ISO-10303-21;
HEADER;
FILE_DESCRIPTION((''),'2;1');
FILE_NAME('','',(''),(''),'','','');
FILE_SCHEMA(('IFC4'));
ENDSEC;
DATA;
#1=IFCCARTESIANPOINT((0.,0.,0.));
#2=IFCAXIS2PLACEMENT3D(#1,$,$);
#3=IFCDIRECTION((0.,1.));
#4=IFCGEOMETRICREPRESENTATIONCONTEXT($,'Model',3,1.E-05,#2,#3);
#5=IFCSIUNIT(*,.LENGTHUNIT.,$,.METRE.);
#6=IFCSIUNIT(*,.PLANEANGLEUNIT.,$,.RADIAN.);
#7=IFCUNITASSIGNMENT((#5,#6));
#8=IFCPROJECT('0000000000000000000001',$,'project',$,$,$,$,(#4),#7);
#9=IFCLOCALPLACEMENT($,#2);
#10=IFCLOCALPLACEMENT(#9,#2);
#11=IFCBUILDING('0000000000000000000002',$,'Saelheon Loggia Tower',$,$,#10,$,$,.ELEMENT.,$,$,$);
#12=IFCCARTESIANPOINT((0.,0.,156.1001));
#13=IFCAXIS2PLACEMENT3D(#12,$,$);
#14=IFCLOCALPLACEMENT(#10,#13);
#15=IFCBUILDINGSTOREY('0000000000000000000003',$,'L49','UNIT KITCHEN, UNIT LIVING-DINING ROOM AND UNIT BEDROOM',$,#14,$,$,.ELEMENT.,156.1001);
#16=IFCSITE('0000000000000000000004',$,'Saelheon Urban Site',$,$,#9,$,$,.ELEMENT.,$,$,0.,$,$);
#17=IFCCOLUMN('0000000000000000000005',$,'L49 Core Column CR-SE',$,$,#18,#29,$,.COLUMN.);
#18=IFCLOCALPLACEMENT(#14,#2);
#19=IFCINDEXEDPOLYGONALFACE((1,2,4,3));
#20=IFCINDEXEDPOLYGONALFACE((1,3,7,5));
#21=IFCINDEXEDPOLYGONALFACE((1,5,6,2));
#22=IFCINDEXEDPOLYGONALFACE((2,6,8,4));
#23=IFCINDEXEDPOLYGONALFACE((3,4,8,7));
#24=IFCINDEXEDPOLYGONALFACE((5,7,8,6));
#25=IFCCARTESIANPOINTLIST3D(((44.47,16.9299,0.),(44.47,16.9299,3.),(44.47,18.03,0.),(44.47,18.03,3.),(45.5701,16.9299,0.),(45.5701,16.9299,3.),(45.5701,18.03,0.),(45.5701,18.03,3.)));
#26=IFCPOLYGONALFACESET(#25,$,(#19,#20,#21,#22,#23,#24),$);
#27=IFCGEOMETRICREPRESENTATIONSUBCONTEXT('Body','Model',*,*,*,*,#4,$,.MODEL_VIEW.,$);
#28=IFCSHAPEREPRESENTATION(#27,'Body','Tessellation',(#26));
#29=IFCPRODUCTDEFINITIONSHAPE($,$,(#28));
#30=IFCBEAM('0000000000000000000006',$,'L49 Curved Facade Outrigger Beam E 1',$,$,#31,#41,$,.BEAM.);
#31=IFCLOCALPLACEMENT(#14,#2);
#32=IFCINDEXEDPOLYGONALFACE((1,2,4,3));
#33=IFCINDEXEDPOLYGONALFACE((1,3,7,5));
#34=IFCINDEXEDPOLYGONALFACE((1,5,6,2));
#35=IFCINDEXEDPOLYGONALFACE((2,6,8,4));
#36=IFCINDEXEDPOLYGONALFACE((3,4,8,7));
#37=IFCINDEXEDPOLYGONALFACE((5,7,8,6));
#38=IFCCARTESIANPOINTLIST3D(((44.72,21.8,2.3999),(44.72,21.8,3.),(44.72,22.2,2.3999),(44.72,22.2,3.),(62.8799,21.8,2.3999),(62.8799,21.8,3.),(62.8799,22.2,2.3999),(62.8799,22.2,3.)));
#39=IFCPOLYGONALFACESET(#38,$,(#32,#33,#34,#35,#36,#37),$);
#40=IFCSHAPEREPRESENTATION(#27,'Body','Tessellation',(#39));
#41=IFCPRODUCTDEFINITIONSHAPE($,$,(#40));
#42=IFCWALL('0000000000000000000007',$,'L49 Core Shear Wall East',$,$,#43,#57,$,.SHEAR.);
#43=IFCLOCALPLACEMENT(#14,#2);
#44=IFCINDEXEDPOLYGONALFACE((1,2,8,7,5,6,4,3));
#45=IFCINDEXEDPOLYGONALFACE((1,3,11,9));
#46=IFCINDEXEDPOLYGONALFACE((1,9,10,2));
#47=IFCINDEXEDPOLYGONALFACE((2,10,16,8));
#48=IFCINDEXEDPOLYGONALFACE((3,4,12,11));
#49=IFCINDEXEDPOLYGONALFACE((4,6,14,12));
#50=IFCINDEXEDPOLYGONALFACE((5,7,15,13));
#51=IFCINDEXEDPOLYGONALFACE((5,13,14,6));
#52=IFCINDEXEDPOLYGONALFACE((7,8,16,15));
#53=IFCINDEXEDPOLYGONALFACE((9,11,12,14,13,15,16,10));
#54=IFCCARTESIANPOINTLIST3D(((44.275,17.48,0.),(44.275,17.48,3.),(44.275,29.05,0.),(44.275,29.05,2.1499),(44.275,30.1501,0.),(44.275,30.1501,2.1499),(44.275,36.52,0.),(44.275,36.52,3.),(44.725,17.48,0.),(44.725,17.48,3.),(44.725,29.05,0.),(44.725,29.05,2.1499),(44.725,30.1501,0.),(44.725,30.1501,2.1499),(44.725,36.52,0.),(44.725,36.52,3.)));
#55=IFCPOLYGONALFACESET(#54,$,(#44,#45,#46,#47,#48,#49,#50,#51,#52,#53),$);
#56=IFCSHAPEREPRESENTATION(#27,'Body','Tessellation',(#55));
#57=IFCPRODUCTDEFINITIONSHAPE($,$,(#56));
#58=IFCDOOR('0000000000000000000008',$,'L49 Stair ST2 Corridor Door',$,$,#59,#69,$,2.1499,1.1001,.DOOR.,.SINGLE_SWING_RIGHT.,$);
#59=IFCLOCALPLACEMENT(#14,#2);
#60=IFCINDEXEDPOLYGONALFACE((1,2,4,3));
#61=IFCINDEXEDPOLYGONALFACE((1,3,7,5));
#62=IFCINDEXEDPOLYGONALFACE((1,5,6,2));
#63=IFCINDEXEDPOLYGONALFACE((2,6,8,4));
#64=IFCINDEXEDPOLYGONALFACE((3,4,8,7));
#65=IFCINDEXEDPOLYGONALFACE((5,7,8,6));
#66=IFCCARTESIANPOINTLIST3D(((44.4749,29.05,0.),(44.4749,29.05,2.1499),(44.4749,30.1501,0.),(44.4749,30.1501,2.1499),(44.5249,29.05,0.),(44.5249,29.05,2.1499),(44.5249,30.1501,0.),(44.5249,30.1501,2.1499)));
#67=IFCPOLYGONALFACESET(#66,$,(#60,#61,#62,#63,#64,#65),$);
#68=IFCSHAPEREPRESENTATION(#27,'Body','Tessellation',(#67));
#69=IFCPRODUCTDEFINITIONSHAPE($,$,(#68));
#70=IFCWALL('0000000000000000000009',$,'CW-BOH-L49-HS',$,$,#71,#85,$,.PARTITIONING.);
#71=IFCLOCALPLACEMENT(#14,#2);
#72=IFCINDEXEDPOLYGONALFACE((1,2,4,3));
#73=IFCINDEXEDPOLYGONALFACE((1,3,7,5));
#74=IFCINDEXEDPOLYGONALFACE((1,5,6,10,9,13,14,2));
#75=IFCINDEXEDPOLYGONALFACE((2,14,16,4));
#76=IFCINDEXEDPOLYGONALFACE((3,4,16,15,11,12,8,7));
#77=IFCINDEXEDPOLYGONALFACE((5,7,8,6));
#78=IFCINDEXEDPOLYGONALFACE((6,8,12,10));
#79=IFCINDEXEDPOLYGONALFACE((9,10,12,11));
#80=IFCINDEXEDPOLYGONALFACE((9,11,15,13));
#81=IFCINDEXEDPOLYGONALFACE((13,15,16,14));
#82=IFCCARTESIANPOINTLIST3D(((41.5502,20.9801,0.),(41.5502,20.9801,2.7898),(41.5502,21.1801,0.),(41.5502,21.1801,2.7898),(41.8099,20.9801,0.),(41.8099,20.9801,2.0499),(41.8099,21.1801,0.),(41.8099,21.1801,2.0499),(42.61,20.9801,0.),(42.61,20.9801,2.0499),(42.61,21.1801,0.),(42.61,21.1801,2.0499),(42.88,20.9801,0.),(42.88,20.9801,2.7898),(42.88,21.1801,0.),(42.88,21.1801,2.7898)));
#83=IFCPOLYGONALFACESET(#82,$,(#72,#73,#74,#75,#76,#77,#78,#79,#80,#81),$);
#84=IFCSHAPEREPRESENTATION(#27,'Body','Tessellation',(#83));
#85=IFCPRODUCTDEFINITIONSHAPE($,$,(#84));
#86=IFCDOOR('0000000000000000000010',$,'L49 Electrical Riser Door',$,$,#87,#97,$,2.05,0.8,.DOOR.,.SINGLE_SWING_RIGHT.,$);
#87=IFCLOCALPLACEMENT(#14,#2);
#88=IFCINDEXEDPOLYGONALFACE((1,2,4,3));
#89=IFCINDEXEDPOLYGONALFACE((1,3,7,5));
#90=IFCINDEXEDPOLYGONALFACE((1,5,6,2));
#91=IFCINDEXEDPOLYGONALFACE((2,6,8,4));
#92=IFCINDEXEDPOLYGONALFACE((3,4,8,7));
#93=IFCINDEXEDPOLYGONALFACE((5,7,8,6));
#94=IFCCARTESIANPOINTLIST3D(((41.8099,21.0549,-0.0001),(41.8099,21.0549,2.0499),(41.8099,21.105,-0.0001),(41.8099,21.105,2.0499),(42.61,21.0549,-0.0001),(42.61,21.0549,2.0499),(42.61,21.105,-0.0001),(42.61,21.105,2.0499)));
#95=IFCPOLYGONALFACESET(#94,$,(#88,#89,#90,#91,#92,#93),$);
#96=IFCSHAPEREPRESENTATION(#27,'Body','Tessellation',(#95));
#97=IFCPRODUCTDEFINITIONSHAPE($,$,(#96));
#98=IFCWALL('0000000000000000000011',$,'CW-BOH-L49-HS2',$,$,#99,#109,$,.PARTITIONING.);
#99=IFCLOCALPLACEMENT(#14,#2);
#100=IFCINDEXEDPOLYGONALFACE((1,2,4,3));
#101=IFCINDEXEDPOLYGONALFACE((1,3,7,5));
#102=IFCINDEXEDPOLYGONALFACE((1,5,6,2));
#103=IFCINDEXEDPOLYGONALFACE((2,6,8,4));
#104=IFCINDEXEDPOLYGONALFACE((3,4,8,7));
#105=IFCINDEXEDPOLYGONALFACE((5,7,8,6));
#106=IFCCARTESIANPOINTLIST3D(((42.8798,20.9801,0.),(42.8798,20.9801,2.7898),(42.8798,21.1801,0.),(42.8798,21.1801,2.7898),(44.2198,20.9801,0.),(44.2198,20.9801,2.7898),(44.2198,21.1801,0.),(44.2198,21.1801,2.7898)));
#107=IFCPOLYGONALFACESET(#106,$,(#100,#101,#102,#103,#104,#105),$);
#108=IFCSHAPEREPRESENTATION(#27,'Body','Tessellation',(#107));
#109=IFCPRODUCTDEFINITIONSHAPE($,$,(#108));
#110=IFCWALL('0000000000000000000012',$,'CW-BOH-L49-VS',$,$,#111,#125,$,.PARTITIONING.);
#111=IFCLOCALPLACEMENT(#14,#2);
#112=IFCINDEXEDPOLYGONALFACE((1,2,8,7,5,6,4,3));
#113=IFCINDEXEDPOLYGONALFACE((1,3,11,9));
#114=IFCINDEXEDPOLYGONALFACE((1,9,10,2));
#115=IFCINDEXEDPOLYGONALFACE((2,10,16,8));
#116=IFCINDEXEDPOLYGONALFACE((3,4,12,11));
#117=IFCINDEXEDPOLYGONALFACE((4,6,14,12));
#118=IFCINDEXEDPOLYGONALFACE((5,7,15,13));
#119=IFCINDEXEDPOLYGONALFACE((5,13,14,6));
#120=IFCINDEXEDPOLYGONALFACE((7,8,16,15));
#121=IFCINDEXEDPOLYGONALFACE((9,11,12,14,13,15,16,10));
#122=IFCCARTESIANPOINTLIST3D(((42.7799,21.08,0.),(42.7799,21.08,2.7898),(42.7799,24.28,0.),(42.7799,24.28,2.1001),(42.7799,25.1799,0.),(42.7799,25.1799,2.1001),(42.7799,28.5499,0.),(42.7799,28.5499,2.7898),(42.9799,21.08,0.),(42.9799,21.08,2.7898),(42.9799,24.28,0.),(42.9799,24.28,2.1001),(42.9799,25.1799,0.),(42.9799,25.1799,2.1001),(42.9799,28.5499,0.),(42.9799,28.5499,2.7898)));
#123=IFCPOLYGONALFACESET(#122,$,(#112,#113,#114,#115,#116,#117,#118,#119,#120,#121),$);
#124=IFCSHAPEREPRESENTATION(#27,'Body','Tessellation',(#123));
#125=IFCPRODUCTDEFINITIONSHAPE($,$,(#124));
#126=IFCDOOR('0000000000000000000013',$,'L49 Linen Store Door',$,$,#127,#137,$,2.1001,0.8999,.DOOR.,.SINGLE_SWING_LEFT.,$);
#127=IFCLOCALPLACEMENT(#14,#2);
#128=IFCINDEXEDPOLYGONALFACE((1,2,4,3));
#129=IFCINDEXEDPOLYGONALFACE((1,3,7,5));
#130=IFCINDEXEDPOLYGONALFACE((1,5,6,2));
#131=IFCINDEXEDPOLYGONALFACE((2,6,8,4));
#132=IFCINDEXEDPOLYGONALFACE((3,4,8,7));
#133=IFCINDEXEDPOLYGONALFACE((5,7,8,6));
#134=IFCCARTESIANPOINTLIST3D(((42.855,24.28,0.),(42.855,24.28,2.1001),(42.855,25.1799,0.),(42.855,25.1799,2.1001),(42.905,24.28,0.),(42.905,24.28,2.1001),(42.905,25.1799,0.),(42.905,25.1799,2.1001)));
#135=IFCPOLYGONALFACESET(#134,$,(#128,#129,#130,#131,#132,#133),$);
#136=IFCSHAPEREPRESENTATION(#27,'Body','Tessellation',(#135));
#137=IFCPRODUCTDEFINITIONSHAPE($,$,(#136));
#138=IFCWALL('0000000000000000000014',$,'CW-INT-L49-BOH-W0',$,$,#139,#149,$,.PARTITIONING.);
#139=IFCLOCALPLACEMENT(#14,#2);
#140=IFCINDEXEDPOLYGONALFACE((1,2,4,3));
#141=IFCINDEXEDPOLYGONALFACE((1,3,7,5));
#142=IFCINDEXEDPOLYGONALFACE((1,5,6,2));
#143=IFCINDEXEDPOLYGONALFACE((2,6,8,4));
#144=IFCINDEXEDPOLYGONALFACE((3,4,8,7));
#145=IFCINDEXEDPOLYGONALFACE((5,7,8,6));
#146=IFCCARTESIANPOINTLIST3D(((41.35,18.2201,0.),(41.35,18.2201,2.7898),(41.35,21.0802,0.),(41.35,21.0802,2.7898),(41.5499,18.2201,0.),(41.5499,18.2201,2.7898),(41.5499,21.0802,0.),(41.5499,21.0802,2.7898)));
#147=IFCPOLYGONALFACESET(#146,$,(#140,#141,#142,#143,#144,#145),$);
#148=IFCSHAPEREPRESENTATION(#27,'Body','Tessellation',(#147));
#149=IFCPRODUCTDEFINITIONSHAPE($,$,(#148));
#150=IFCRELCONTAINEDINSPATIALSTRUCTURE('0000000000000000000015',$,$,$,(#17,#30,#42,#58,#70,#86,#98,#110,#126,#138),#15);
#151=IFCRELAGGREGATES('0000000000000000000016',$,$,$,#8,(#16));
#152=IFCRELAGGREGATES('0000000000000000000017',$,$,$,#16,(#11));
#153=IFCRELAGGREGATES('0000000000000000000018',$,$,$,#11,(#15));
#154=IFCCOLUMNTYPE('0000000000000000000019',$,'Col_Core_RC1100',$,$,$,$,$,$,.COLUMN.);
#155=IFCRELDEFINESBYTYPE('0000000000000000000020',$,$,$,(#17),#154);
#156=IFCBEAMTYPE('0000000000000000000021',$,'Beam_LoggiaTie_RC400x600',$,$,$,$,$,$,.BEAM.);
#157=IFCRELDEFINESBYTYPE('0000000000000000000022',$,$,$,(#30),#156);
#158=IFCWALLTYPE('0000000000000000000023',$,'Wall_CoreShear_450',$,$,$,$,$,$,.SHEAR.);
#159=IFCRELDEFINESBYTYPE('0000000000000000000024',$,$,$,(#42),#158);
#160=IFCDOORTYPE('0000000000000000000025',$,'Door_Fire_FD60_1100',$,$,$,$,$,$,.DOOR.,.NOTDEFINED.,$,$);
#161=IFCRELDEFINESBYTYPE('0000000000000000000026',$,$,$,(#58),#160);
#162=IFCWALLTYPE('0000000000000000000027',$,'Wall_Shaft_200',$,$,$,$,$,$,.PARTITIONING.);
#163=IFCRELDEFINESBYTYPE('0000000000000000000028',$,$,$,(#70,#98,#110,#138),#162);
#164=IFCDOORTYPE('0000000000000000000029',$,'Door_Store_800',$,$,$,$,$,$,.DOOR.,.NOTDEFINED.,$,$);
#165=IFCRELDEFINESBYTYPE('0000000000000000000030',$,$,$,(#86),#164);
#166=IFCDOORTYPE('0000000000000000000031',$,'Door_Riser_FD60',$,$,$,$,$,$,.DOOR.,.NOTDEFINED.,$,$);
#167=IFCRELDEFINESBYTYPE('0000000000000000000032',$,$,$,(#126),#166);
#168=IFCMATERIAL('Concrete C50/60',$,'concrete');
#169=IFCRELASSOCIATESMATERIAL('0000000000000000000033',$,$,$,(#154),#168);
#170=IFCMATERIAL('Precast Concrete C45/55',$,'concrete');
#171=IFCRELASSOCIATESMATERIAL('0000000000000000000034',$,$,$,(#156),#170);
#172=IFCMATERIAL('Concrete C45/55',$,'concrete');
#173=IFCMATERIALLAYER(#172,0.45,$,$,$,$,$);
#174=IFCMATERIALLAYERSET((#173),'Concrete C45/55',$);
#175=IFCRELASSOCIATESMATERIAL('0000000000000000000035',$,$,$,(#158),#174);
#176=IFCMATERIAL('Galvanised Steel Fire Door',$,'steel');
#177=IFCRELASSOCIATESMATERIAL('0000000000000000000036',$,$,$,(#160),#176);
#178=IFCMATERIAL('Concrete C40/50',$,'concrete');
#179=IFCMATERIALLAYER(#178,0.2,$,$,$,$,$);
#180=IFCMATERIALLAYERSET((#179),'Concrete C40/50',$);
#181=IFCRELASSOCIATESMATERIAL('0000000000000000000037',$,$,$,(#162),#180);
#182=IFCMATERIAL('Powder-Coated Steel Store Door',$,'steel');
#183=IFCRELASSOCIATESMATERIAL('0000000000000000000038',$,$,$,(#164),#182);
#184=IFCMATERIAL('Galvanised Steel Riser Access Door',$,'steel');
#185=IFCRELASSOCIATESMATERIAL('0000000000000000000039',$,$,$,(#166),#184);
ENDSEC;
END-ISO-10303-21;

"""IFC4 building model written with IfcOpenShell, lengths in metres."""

from ifc_helpers import new_model, si_unit, direction, frame, frame_2d, origin, origin_2d, place, context, subcontext, project, spatial, rectangle, extrude, source, transform, mapped, material, layer, layer_set, material_profile, profile_set, type_object, element, fill, save


model = new_model("IFC4")

# Units and contexts
model_context = context("Model", 3, precision=1e-05, world=origin(), true_north=direction((0.0, 1.0)))
body_context = subcontext(model_context, "Body", "Model", "MODEL_VIEW")
ifc_project = project(units=[si_unit("LENGTHUNIT", "METRE"), si_unit("PLANEANGLEUNIT", "RADIAN")], contexts=[model_context])

# Site, building, storey
site_placement = place(None, origin())
site = spatial("IfcSite", under=ifc_project, at=site_placement, Name="Saelheon Urban Site", CompositionType="ELEMENT", RefElevation=0.0)
building_placement = place(site_placement, origin())
building = spatial("IfcBuilding", under=site, at=building_placement, Name="Saelheon Loggia Tower", CompositionType="ELEMENT")
storey_placement = place(building_placement, frame((0.0, 0.0, 156.1001)))
storey = spatial("IfcBuildingStorey", under=building, at=storey_placement, Name="L49", Description="UNIT KITCHEN, UNIT LIVING-DINING ROOM AND UNIT BEDROOM", CompositionType="ELEMENT", Elevation=156.1001)

# Column
ifc_material_1 = material(Name="Concrete C50/60", Category="concrete")
ifc_material_profile_1 = material_profile(ifc_material_1, rectangle(XDim=1.1001, YDim=1.1001, at=origin_2d()), Name="RC-1100x1100")
ifc_profile_set_1 = profile_set([ifc_material_profile_1], Name="Concrete C50/60")
column_type = type_object("IfcColumnType", Name="Col_Core_RC1100", PredefinedType="COLUMN", material=ifc_profile_set_1)
shared_shape_1 = source(origin(), body_context, "Body", "SweptSolid", [
    extrude(rectangle(XDim=1.1001, YDim=1.1001, at=origin_2d()), origin(), (0.0, 0.0, 1.0), 3.0),
])
column_placement = place(storey_placement, frame((45.02, 17.48, 0.0), z_axis=(0.0, 0.0, 1.0), x_axis=(1.0, 0.0, 0.0)))
element("IfcColumn", 1, at=column_placement, inside=storey, type_object=column_type, Name="L49 Core Column CR-SE", PredefinedType="COLUMN", context=body_context, shape_type="MappedRepresentation", body=[
    mapped(shared_shape_1, transform((0.0, 0.0, 0.0), scale=1.0)),
])

# Beam
ifc_material_2 = material(Name="Precast Concrete C45/55", Category="concrete")
ifc_material_profile_2 = material_profile(ifc_material_2, rectangle(XDim=0.3999, YDim=0.6001, at=origin_2d()), Name="RC-400x600")
ifc_profile_set_2 = profile_set([ifc_material_profile_2], Name="Precast Concrete C45/55")
beam_type = type_object("IfcBeamType", Name="Beam_LoggiaTie_RC400x600", PredefinedType="BEAM", material=ifc_profile_set_2)
shared_shape_2 = source(origin(), body_context, "Body", "SweptSolid", [
    extrude(rectangle(XDim=0.3999, YDim=0.6001, at=origin_2d()), origin(), (0.0, 0.0, 1.0), 18.1599),
])
beam_placement = place(storey_placement, frame((44.72, 22.0, 2.7), z_axis=(1.0, 0.0, 0.0), x_axis=(0.0, 1.0, 0.0)))
element("IfcBeam", 2, at=beam_placement, inside=storey, type_object=beam_type, Name="L49 Curved Facade Outrigger Beam E 1", PredefinedType="BEAM", context=body_context, shape_type="MappedRepresentation", body=[
    mapped(shared_shape_2, transform((0.0, 0.0, 0.0), scale=1.0)),
])

# Walls, openings, doors
ifc_material_3 = material(Name="Concrete C45/55", Category="concrete")
ifc_layer_1 = layer(ifc_material_3, 0.45)
ifc_layer_set_1 = layer_set([ifc_layer_1], Name="Concrete C45/55")
wall_type_1 = type_object("IfcWallType", Name="Wall_CoreShear_450", PredefinedType="SHEAR", material=ifc_layer_set_1)
wall_1_placement = place(storey_placement, frame((44.5, 17.48, 0.0), z_axis=(0.0, 0.0, 1.0), x_axis=(0.0, 1.0, 0.0)))
wall_1 = element("IfcWall", 3, at=wall_1_placement, inside=storey, type_object=wall_type_1, Name="L49 Core Shear Wall East", PredefinedType="SHEAR", context=body_context, shape_type="SweptSolid", body=[
    extrude(rectangle(XDim=19.04, YDim=0.45, at=frame_2d((9.52, 0.0))), origin(), (0.0, 0.0, 1.0), 3.0),
])
opening_1_placement = place(wall_1_placement, frame((12.6702, 0.0, 0.0), z_axis=(0.0, 0.0, 1.0), x_axis=(-1.0, 0.0, 0.0)))
opening_1 = element("IfcOpeningElement", 4, at=opening_1_placement, cuts=wall_1, PredefinedType="OPENING", context=body_context, shape_type="SweptSolid", body=[
    extrude(rectangle(XDim=1.1001, YDim=2.1499, at=frame_2d((0.55, 1.075))), frame((0.0, 0.2371, 0.0), z_axis=(0.0, -1.0, 0.0), x_axis=(1.0, 0.0, 0.0)), (0.0, 0.0, 1.0), 0.4739),
])
ifc_material_4 = material(Name="Galvanised Steel Fire Door", Category="steel")
door_type_1 = type_object("IfcDoorType", Name="Door_Fire_FD60_1100", OperationType="NOTDEFINED", PredefinedType="DOOR", material=ifc_material_4)
shared_shape_3 = source(origin(), body_context, "Body", "SweptSolid", [
    extrude(rectangle(XDim=1.1001, YDim=2.1499, at=frame_2d((0.55, 1.075))), frame((0.0, 0.0249, 0.0), z_axis=(0.0, -1.0, 0.0), x_axis=(1.0, 0.0, 0.0)), (0.0, 0.0, 1.0), 0.05),
])
door_1_placement = place(opening_1_placement, origin())
door_1 = element("IfcDoor", 5, at=door_1_placement, inside=storey, type_object=door_type_1, Name="L49 Stair ST2 Corridor Door", OperationType="SINGLE_SWING_RIGHT", OverallHeight=2.1499, OverallWidth=1.1001, PredefinedType="DOOR", context=body_context, shape_type="MappedRepresentation", body=[
    mapped(shared_shape_3, transform((0.0, 0.0, 0.0), scale=1.0)),
])
fill(opening_1, door_1)
ifc_material_5 = material(Name="Concrete C40/50", Category="concrete")
ifc_layer_2 = layer(ifc_material_5, 0.2)
ifc_layer_set_2 = layer_set([ifc_layer_2], Name="Concrete C40/50")
wall_type_2 = type_object("IfcWallType", Name="Wall_Shaft_200", PredefinedType="PARTITIONING", material=ifc_layer_set_2)
wall_2_placement = place(storey_placement, frame((41.55, 21.0801, 0.0), z_axis=(0.0, 0.0, 1.0), x_axis=(1.0, 0.0, 0.0)))
wall_2 = element("IfcWall", 6, at=wall_2_placement, inside=storey, type_object=wall_type_2, Name="CW-BOH-L49-HS", PredefinedType="PARTITIONING", context=body_context, shape_type="SweptSolid", body=[
    extrude(rectangle(XDim=1.3298, YDim=0.2, at=frame_2d((0.665, 0.0))), origin(), (0.0, 0.0, 1.0), 2.7898),
])
opening_2_placement = place(wall_2_placement, frame((0.26, 0.0, 0.0)))
opening_2 = element("IfcOpeningElement", 7, at=opening_2_placement, cuts=wall_2, PredefinedType="OPENING", context=body_context, shape_type="SweptSolid", body=[
    extrude(rectangle(XDim=0.8, YDim=2.05, at=frame_2d((0.3999, 1.0249))), frame((0.0, 0.1121, 0.0), z_axis=(0.0, -1.0, 0.0), x_axis=(1.0, 0.0, 0.0)), (0.0, 0.0, 1.0), 0.2239),
])
ifc_material_6 = material(Name="Powder-Coated Steel Store Door", Category="steel")
door_type_2 = type_object("IfcDoorType", Name="Door_Store_800", OperationType="NOTDEFINED", PredefinedType="DOOR", material=ifc_material_6)
shared_shape_4 = source(origin(), body_context, "Body", "SweptSolid", [
    extrude(rectangle(XDim=0.8, YDim=2.05, at=frame_2d((0.3999, 1.0249))), frame((0.0, 0.0249, 0.0), z_axis=(0.0, -1.0, 0.0), x_axis=(1.0, 0.0, 0.0)), (0.0, 0.0, 1.0), 0.05),
])
door_2_placement = place(opening_2_placement, origin())
door_2 = element("IfcDoor", 8, at=door_2_placement, inside=storey, type_object=door_type_2, Name="L49 Electrical Riser Door", OperationType="SINGLE_SWING_RIGHT", OverallHeight=2.05, OverallWidth=0.8, PredefinedType="DOOR", context=body_context, shape_type="MappedRepresentation", body=[
    mapped(shared_shape_4, transform((0.0, 0.0, 0.0), scale=1.0)),
])
fill(opening_2, door_2)

# Wall
wall_3_placement = place(storey_placement, frame((42.8799, 21.0801, 0.0), z_axis=(0.0, 0.0, 1.0), x_axis=(1.0, 0.0, 0.0)))
element("IfcWall", 9, at=wall_3_placement, inside=storey, type_object=wall_type_2, Name="CW-BOH-L49-HS2", PredefinedType="PARTITIONING", context=body_context, shape_type="SweptSolid", body=[
    extrude(rectangle(XDim=1.3401, YDim=0.2, at=frame_2d((0.6699, 0.0))), origin(), (0.0, 0.0, 1.0), 2.7898),
])

# Wall, opening, door
wall_4_placement = place(storey_placement, frame((42.8799, 21.0801, 0.0), z_axis=(0.0, 0.0, 1.0), x_axis=(0.0, 1.0, 0.0)))
wall_4 = element("IfcWall", 10, at=wall_4_placement, inside=storey, type_object=wall_type_2, Name="CW-BOH-L49-VS", PredefinedType="PARTITIONING", context=body_context, shape_type="SweptSolid", body=[
    extrude(rectangle(XDim=7.47, YDim=0.2, at=frame_2d((3.7349, 0.0))), origin(), (0.0, 0.0, 1.0), 2.7898),
])
opening_3_placement = place(wall_4_placement, frame((3.2, 0.0, 0.0)))
opening_3 = element("IfcOpeningElement", 11, at=opening_3_placement, cuts=wall_4, PredefinedType="OPENING", context=body_context, shape_type="SweptSolid", body=[
    extrude(rectangle(XDim=0.8999, YDim=2.1001, at=frame_2d((0.45, 1.05))), frame((0.0, 0.1121, 0.0), z_axis=(0.0, -1.0, 0.0), x_axis=(1.0, 0.0, 0.0)), (0.0, 0.0, 1.0), 0.2239),
])
ifc_material_7 = material(Name="Galvanised Steel Riser Access Door", Category="steel")
door_type_3 = type_object("IfcDoorType", Name="Door_Riser_FD60", OperationType="NOTDEFINED", PredefinedType="DOOR", material=ifc_material_7)
shared_shape_5 = source(origin(), body_context, "Body", "SweptSolid", [
    extrude(rectangle(XDim=0.8999, YDim=2.1001, at=frame_2d((0.45, 1.05))), frame((0.0, 0.0249, 0.0), z_axis=(0.0, -1.0, 0.0), x_axis=(1.0, 0.0, 0.0)), (0.0, 0.0, 1.0), 0.05),
])
door_3_placement = place(opening_3_placement, origin())
door_3 = element("IfcDoor", 12, at=door_3_placement, inside=storey, type_object=door_type_3, Name="L49 Linen Store Door", OperationType="SINGLE_SWING_LEFT", OverallHeight=2.1001, OverallWidth=0.8999, PredefinedType="DOOR", context=body_context, shape_type="MappedRepresentation", body=[
    mapped(shared_shape_5, transform((0.0, 0.0, 0.0), scale=1.0)),
])
fill(opening_3, door_3)

# Wall
wall_5_placement = place(storey_placement, frame((41.45, 18.22, 0.0), z_axis=(0.0, 0.0, 1.0), x_axis=(0.0, 1.0, 0.0)))
element("IfcWall", 13, at=wall_5_placement, inside=storey, type_object=wall_type_2, Name="CW-INT-L49-BOH-W0", PredefinedType="PARTITIONING", context=body_context, shape_type="SweptSolid", body=[
    extrude(rectangle(XDim=2.8601, YDim=0.2, at=frame_2d((1.4302, 0.0))), origin(), (0.0, 0.0, 1.0), 2.7898),
])

save(model, "model.ifc")
